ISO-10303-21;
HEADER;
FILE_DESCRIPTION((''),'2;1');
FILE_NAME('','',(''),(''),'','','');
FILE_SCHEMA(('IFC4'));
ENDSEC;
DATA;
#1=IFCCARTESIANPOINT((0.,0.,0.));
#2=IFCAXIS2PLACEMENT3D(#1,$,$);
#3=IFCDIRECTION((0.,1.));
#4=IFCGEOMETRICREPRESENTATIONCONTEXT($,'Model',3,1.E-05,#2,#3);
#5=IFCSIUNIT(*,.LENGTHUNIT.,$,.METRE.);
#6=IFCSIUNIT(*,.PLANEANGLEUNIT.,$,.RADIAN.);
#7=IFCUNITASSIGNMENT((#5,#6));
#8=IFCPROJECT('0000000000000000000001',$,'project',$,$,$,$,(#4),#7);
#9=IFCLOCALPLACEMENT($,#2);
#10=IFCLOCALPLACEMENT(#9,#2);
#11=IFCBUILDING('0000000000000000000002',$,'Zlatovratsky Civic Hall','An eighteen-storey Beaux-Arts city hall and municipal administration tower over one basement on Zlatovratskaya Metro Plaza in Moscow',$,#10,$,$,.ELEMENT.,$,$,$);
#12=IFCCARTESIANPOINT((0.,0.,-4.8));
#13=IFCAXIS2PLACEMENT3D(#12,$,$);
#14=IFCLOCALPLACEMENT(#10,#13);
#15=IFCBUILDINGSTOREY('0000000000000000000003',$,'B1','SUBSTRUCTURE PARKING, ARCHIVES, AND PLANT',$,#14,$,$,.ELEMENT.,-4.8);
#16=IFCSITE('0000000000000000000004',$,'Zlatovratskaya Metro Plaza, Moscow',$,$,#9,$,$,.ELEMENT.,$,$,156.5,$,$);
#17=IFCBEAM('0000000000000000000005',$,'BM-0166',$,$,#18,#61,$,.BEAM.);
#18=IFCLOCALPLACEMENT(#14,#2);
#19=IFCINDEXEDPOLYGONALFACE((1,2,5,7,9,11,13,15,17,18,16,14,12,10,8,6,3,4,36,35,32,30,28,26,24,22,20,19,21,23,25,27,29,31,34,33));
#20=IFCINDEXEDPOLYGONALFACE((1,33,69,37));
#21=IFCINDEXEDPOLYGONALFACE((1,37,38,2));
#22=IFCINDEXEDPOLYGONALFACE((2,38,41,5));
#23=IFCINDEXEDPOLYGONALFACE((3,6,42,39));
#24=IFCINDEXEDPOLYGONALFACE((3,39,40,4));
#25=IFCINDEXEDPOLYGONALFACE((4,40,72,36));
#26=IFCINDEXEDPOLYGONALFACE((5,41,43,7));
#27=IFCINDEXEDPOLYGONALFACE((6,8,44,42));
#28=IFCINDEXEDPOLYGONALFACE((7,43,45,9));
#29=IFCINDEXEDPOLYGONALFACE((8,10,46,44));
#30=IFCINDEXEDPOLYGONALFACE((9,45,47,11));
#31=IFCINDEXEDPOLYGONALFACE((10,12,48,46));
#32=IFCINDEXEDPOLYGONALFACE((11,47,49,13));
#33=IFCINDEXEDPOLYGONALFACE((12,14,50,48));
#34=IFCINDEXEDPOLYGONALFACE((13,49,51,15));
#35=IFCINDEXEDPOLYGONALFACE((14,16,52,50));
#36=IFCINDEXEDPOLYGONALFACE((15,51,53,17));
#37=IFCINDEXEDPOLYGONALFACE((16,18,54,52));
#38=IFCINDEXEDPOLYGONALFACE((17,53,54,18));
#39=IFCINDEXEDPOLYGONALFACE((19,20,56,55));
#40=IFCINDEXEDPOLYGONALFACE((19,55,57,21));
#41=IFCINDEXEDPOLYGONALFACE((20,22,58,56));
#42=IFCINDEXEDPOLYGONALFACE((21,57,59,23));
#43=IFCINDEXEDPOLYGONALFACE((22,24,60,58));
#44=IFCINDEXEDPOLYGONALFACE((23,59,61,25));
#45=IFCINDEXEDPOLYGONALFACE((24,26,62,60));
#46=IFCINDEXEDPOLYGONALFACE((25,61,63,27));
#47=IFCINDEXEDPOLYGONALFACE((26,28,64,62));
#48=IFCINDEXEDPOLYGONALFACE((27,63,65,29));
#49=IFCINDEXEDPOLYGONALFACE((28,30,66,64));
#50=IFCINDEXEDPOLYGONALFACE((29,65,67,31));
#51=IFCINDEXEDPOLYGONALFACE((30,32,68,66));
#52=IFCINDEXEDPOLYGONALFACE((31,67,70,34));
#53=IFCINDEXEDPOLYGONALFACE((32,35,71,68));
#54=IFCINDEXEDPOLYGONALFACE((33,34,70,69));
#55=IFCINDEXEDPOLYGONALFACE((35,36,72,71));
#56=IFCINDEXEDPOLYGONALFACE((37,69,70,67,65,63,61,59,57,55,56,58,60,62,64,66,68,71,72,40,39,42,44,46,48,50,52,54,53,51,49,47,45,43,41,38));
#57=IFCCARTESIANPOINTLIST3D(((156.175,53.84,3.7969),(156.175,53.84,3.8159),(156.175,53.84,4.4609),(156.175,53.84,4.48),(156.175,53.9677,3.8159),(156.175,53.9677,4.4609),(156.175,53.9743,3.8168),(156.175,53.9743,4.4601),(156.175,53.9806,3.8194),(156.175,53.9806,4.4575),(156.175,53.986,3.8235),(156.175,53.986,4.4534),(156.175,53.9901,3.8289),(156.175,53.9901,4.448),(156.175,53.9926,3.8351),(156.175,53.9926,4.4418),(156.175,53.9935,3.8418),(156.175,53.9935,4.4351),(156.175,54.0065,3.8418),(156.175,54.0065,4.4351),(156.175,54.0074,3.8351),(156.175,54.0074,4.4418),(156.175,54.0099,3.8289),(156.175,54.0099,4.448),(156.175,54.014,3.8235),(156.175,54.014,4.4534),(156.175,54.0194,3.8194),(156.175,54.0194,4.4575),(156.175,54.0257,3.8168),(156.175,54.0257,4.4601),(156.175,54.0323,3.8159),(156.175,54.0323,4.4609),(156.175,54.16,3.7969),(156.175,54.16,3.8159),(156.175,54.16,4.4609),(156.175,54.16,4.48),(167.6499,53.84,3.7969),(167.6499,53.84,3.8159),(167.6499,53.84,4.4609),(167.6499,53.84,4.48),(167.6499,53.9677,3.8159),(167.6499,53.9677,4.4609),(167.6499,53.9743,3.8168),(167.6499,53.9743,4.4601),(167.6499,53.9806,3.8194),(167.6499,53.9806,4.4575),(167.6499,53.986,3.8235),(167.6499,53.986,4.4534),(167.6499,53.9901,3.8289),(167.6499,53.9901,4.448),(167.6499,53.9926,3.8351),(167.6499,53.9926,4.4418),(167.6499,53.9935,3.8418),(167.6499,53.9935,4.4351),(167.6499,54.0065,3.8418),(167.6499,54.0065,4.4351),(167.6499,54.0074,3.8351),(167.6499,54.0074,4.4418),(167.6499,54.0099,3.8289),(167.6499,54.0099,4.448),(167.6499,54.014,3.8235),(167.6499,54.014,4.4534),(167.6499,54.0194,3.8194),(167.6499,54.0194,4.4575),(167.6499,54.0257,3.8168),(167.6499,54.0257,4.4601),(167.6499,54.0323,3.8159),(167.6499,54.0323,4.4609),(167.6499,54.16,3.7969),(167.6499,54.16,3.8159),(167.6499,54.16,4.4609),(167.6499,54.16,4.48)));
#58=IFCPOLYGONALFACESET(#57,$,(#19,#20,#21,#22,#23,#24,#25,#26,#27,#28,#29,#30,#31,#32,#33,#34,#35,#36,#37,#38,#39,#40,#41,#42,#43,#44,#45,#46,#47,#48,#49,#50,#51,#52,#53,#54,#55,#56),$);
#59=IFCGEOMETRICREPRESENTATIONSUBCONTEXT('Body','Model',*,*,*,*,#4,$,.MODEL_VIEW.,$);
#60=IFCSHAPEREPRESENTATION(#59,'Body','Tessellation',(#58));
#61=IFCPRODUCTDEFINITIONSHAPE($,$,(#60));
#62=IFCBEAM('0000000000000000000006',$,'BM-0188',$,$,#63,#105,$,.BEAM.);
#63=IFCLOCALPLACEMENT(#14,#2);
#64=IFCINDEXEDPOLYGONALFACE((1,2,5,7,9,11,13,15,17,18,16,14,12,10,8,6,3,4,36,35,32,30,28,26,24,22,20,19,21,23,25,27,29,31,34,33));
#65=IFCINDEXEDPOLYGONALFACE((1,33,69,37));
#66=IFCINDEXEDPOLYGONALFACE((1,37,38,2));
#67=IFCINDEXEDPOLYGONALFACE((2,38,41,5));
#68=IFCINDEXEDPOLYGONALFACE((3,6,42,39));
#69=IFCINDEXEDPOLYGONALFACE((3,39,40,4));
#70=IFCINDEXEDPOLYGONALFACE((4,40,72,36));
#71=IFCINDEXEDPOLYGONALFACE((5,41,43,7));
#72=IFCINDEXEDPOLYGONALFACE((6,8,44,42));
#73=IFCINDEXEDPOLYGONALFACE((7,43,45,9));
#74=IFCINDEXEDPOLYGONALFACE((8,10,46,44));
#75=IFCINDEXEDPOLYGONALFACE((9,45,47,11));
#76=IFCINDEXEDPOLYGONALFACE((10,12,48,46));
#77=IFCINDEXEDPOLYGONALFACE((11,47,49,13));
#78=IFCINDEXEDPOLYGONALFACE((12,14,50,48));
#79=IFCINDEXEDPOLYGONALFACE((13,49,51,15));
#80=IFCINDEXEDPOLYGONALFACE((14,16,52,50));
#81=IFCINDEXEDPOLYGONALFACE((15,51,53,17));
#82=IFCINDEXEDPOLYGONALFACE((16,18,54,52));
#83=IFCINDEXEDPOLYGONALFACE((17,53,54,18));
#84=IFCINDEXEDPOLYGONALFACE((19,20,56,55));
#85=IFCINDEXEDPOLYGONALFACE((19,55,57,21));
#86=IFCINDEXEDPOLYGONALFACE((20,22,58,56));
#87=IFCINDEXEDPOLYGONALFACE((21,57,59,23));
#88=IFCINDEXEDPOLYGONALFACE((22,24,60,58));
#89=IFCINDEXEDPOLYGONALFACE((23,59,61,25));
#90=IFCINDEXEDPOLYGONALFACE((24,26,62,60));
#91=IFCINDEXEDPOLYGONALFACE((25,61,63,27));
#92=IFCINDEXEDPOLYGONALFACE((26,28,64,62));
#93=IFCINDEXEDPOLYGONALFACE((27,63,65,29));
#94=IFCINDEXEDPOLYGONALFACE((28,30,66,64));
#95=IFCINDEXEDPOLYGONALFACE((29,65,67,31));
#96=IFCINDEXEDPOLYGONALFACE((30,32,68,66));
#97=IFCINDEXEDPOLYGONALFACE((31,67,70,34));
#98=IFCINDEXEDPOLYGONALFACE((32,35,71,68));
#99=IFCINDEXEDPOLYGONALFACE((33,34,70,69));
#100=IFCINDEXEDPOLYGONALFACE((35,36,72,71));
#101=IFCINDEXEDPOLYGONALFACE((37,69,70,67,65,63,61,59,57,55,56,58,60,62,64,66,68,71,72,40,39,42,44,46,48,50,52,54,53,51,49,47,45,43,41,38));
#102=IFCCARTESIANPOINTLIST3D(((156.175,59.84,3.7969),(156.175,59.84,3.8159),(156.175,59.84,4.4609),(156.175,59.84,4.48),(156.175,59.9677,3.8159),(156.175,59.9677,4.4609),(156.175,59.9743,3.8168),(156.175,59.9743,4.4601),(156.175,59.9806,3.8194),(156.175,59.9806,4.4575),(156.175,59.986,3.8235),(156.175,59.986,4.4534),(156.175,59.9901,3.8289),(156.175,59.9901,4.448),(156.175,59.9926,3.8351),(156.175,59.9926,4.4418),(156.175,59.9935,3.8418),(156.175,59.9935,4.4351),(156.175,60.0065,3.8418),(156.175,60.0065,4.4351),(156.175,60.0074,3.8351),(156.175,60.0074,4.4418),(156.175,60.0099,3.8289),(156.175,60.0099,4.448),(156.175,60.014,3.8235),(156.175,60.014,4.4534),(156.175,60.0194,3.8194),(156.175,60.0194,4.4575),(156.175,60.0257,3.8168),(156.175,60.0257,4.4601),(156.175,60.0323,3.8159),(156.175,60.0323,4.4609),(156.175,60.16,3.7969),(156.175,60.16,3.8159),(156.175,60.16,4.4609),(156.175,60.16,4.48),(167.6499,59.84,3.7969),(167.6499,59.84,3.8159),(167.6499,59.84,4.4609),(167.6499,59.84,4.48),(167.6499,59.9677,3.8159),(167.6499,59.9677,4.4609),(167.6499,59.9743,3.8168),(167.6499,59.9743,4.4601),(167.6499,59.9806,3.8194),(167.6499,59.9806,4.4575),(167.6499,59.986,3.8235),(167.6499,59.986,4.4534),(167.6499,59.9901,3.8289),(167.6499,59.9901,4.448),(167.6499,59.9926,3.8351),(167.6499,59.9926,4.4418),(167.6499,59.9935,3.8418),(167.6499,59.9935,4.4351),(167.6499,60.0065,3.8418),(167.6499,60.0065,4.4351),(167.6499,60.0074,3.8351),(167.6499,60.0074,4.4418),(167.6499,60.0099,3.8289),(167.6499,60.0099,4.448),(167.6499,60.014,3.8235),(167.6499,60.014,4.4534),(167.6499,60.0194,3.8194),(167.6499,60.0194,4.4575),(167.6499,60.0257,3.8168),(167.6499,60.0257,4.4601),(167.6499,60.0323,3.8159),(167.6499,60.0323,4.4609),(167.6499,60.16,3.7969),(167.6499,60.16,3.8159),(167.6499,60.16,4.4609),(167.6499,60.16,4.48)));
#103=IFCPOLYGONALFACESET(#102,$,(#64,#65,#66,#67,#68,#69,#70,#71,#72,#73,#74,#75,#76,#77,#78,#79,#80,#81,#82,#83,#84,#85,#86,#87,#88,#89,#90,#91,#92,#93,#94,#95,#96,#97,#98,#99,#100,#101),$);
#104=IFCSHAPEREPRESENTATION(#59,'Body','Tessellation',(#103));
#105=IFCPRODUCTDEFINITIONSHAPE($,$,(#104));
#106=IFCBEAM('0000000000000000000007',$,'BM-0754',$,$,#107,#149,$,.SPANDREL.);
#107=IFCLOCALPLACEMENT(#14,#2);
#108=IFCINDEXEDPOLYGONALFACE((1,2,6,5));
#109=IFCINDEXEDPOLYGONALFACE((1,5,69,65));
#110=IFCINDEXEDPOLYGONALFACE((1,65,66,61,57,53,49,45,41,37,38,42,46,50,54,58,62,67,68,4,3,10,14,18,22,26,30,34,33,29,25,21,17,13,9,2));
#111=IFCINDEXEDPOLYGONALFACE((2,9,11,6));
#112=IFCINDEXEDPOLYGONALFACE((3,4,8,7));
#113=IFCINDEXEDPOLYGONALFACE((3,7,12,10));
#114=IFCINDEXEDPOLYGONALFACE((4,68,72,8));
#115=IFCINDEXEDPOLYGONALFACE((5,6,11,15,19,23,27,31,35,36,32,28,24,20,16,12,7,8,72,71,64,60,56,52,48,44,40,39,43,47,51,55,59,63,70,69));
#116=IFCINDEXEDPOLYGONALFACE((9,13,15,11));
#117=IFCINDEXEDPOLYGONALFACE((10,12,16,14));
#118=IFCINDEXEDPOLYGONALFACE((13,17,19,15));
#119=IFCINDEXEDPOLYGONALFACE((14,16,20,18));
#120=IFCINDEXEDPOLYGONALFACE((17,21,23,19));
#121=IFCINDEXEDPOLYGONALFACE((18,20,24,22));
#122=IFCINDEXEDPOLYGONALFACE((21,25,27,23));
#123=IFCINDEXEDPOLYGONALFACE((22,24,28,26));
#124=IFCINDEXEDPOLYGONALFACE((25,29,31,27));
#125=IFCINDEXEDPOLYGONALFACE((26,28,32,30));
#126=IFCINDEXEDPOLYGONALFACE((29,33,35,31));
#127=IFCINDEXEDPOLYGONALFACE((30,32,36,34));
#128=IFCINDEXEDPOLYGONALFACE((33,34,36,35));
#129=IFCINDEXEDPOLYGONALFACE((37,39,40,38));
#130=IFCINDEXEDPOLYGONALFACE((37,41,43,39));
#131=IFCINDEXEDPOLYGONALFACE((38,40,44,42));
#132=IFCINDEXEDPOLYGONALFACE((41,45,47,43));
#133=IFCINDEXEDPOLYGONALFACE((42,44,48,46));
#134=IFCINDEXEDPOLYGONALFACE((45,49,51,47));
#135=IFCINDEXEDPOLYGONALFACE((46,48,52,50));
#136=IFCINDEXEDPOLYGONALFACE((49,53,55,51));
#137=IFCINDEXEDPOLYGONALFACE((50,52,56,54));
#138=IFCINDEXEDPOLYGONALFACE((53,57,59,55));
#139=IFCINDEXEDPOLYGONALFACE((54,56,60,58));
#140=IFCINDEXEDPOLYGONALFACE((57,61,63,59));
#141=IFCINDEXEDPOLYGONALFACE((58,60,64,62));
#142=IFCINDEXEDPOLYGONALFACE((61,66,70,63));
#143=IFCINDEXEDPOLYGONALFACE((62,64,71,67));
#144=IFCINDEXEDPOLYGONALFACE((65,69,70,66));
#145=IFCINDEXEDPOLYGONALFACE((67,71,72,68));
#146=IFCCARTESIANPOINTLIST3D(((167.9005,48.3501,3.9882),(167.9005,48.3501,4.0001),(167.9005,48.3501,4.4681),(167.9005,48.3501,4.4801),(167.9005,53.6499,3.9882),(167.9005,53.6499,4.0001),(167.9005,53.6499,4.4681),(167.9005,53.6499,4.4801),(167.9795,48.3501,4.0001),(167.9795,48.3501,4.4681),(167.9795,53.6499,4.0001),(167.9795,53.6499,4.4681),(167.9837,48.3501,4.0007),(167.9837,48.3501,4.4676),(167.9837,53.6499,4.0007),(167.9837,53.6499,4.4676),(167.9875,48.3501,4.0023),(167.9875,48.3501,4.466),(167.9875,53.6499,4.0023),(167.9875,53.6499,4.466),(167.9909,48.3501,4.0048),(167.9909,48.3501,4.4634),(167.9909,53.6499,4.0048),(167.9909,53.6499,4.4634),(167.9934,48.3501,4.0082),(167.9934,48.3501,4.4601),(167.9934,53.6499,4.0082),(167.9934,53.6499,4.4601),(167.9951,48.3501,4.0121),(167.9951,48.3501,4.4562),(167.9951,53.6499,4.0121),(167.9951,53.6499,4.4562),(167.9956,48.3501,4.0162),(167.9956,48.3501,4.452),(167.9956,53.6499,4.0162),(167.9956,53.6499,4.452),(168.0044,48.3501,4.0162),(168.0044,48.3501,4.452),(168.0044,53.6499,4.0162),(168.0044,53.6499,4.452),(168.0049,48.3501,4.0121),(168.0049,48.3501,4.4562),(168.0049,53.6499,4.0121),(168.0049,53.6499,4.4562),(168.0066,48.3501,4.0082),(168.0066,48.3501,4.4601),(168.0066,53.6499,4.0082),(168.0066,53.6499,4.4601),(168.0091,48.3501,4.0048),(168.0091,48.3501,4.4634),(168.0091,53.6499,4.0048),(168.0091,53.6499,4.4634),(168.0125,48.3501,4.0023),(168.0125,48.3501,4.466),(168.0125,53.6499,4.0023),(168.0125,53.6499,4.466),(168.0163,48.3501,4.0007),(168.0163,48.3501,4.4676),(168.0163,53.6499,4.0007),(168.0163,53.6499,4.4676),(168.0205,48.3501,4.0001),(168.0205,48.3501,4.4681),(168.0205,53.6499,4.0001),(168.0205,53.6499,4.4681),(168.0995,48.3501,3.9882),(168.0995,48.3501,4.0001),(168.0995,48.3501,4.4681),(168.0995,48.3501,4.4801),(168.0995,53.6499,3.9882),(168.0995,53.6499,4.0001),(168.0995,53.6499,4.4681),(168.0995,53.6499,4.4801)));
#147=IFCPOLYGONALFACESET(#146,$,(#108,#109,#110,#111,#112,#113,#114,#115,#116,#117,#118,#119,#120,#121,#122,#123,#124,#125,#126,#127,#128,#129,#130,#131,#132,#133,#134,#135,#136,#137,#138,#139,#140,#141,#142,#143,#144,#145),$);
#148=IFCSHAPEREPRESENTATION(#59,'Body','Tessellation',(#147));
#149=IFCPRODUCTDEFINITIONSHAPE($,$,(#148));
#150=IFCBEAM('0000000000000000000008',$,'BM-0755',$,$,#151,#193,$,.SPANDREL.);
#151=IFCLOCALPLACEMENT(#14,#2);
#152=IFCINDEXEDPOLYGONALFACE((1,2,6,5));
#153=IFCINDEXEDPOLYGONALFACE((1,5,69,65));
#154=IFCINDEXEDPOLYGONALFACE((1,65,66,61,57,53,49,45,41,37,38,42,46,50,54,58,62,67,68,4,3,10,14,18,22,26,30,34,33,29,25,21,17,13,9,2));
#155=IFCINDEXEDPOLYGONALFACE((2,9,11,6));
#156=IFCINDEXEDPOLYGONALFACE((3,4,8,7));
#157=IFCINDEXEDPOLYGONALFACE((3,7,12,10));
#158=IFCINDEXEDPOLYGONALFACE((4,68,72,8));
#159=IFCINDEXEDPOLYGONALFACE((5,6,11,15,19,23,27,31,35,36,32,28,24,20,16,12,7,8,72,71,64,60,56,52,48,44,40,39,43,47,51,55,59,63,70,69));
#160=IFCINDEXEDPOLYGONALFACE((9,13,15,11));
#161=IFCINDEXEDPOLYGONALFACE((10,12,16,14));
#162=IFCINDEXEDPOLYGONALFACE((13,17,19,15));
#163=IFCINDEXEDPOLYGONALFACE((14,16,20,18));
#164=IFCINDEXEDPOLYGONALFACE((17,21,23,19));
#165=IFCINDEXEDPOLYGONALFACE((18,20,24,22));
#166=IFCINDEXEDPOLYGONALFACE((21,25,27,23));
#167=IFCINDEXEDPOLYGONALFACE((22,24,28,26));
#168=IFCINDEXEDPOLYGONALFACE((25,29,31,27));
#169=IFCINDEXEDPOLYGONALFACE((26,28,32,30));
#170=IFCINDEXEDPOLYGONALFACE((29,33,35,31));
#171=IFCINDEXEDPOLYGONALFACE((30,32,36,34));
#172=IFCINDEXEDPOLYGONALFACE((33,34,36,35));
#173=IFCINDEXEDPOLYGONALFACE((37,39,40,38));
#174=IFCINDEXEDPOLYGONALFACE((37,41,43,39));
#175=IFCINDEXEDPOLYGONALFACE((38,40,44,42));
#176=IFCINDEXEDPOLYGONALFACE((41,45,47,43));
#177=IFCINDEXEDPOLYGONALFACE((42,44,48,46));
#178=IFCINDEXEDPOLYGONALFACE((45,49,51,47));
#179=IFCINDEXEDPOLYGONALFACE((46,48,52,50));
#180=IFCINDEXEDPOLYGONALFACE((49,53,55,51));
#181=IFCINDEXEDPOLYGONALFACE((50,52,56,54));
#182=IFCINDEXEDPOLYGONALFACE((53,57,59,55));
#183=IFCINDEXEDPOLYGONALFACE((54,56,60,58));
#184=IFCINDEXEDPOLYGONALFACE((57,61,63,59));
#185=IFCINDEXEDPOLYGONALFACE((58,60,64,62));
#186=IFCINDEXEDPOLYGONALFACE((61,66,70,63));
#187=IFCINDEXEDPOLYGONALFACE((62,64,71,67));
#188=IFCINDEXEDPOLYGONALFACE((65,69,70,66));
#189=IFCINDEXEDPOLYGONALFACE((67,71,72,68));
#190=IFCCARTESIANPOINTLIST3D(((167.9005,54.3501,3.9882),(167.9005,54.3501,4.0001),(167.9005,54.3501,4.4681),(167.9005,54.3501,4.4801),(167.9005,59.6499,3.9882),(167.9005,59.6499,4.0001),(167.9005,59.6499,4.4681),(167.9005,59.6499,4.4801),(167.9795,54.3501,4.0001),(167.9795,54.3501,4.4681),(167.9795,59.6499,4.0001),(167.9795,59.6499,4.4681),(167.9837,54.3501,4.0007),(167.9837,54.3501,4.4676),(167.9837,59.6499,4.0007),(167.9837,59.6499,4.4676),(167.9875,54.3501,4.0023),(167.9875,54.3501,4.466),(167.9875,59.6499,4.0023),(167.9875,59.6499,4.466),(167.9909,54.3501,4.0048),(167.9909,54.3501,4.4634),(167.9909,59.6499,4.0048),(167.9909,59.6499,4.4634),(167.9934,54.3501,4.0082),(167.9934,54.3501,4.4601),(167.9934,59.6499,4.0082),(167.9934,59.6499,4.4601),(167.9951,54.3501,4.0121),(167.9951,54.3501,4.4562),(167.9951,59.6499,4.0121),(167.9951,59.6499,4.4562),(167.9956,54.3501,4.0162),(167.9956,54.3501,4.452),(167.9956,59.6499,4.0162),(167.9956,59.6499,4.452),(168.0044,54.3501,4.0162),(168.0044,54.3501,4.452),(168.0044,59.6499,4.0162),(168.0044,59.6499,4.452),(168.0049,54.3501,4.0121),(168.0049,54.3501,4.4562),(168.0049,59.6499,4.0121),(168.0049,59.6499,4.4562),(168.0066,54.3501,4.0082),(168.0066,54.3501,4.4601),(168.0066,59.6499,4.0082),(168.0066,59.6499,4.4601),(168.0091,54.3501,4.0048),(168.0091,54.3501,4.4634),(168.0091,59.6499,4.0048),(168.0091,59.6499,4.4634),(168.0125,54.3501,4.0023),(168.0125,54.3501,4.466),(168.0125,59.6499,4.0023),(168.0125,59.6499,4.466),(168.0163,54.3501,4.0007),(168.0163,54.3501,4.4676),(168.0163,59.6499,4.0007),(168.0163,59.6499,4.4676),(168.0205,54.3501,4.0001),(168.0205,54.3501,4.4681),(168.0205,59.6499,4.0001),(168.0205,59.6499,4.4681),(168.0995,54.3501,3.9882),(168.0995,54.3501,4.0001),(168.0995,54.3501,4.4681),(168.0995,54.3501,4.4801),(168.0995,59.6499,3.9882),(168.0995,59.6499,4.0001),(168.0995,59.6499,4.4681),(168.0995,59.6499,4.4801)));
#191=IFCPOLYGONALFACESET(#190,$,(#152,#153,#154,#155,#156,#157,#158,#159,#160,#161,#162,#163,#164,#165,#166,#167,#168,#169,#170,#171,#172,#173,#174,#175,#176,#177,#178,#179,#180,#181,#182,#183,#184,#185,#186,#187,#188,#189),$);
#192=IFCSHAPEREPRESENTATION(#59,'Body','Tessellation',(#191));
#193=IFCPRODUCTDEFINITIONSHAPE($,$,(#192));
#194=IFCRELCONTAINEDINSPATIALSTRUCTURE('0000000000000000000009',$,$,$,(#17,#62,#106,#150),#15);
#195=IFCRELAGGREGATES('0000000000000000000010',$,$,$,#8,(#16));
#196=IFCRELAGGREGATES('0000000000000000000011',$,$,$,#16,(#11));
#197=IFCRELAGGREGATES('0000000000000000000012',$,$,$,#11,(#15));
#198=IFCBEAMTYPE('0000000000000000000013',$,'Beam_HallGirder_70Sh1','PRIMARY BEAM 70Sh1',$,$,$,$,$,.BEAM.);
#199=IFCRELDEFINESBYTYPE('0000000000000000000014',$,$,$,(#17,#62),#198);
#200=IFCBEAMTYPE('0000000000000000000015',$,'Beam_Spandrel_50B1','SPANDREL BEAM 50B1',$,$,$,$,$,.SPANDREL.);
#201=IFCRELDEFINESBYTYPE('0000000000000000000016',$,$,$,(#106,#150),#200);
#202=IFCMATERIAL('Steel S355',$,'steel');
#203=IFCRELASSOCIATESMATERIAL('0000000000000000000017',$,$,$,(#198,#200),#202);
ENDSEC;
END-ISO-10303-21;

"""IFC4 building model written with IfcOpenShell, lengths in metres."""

from ifc_helpers import new_model, si_unit, direction, frame, origin, origin_2d, place, context, subcontext, project, spatial, i_section, extrude, material, material_profile, profile_set, type_object, element, save


model = new_model("IFC4")

# Units and contexts
model_context = context("Model", 3, precision=1e-05, world=origin(), true_north=direction((0.0, 1.0)))
body_context = subcontext(model_context, "Body", "Model", "MODEL_VIEW")
ifc_project = project(units=[si_unit("LENGTHUNIT", "METRE"), si_unit("PLANEANGLEUNIT", "RADIAN")], contexts=[model_context])

# Site, building, storey
site_placement = place(None, origin())
site = spatial("IfcSite", under=ifc_project, at=site_placement, Name="Zlatovratskaya Metro Plaza, Moscow", CompositionType="ELEMENT", RefElevation=156.5)
building_placement = place(site_placement, origin())
building = spatial("IfcBuilding", under=site, at=building_placement, Name="Zlatovratsky Civic Hall", Description="An eighteen-storey Beaux-Arts city hall and municipal administration tower over one basement on Zlatovratskaya Metro Plaza in Moscow", CompositionType="ELEMENT")
storey_placement = place(building_placement, frame((0.0, 0.0, -4.8)))
storey = spatial("IfcBuildingStorey", under=building, at=storey_placement, Name="B1", Description="SUBSTRUCTURE PARKING, ARCHIVES, AND PLANT", CompositionType="ELEMENT", Elevation=-4.8)

# Beams
ifc_material_1 = material(Name="Steel S355", Category="steel")
ifc_material_profile_1 = material_profile(ifc_material_1, i_section(OverallWidth=0.3201, OverallDepth=0.6831, WebThickness=0.0129, FlangeThickness=0.019, FilletRadius=0.0259, at=origin_2d()), Name="70Sh1")
ifc_profile_set_1 = profile_set([ifc_material_profile_1], Name="Steel S355")
beam_type_1 = type_object("IfcBeamType", Name="Beam_HallGirder_70Sh1", Description="PRIMARY BEAM 70Sh1", PredefinedType="BEAM", material=ifc_profile_set_1)
for number, where, z_axis, x_axis, name in (
    (1, (156.175, 54.0, 4.1384), (1.0, 0.0, 0.0), (0.0, 1.0, 0.0), "BM-0166"),
    (2, (156.175, 60.0, 4.1384), (1.0, 0.0, 0.0), (0.0, 1.0, 0.0), "BM-0188"),
):
    element("IfcBeam", number, at=place(storey_placement, frame(where, z_axis=z_axis, x_axis=x_axis)), inside=storey, type_object=beam_type_1, Name=name, PredefinedType="BEAM", context=body_context, shape_type="SweptSolid", body=[
        extrude(i_section(OverallWidth=0.3201, OverallDepth=0.6831, WebThickness=0.0129, FlangeThickness=0.019, FilletRadius=0.0259, at=origin_2d()), origin(), (0.0, 0.0, 1.0), 11.4749),
    ])
ifc_material_profile_2 = material_profile(ifc_material_1, i_section(OverallWidth=0.199, OverallDepth=0.4919, WebThickness=0.0088, FlangeThickness=0.012, FilletRadius=0.0161, at=origin_2d()), Name="50B1")
ifc_profile_set_2 = profile_set([ifc_material_profile_2], Name="Steel S355")
beam_type_2 = type_object("IfcBeamType", Name="Beam_Spandrel_50B1", Description="SPANDREL BEAM 50B1", PredefinedType="SPANDREL", material=ifc_profile_set_2)
for number, where, z_axis, x_axis, name in (
    (3, (168.0, 48.3501, 4.2341), (0.0, 1.0, 0.0), (-1.0, 0.0, 0.0), "BM-0754"),
    (4, (168.0, 54.3501, 4.2341), (0.0, 1.0, 0.0), (-1.0, 0.0, 0.0), "BM-0755"),
):
    element("IfcBeam", number, at=place(storey_placement, frame(where, z_axis=z_axis, x_axis=x_axis)), inside=storey, type_object=beam_type_2, Name=name, PredefinedType="SPANDREL", context=body_context, shape_type="SweptSolid", body=[
        extrude(i_section(OverallWidth=0.199, OverallDepth=0.4919, WebThickness=0.0088, FlangeThickness=0.012, FilletRadius=0.0161, at=origin_2d()), origin(), (0.0, 0.0, 1.0), 5.2998),
    ])

save(model, "model.ifc")
